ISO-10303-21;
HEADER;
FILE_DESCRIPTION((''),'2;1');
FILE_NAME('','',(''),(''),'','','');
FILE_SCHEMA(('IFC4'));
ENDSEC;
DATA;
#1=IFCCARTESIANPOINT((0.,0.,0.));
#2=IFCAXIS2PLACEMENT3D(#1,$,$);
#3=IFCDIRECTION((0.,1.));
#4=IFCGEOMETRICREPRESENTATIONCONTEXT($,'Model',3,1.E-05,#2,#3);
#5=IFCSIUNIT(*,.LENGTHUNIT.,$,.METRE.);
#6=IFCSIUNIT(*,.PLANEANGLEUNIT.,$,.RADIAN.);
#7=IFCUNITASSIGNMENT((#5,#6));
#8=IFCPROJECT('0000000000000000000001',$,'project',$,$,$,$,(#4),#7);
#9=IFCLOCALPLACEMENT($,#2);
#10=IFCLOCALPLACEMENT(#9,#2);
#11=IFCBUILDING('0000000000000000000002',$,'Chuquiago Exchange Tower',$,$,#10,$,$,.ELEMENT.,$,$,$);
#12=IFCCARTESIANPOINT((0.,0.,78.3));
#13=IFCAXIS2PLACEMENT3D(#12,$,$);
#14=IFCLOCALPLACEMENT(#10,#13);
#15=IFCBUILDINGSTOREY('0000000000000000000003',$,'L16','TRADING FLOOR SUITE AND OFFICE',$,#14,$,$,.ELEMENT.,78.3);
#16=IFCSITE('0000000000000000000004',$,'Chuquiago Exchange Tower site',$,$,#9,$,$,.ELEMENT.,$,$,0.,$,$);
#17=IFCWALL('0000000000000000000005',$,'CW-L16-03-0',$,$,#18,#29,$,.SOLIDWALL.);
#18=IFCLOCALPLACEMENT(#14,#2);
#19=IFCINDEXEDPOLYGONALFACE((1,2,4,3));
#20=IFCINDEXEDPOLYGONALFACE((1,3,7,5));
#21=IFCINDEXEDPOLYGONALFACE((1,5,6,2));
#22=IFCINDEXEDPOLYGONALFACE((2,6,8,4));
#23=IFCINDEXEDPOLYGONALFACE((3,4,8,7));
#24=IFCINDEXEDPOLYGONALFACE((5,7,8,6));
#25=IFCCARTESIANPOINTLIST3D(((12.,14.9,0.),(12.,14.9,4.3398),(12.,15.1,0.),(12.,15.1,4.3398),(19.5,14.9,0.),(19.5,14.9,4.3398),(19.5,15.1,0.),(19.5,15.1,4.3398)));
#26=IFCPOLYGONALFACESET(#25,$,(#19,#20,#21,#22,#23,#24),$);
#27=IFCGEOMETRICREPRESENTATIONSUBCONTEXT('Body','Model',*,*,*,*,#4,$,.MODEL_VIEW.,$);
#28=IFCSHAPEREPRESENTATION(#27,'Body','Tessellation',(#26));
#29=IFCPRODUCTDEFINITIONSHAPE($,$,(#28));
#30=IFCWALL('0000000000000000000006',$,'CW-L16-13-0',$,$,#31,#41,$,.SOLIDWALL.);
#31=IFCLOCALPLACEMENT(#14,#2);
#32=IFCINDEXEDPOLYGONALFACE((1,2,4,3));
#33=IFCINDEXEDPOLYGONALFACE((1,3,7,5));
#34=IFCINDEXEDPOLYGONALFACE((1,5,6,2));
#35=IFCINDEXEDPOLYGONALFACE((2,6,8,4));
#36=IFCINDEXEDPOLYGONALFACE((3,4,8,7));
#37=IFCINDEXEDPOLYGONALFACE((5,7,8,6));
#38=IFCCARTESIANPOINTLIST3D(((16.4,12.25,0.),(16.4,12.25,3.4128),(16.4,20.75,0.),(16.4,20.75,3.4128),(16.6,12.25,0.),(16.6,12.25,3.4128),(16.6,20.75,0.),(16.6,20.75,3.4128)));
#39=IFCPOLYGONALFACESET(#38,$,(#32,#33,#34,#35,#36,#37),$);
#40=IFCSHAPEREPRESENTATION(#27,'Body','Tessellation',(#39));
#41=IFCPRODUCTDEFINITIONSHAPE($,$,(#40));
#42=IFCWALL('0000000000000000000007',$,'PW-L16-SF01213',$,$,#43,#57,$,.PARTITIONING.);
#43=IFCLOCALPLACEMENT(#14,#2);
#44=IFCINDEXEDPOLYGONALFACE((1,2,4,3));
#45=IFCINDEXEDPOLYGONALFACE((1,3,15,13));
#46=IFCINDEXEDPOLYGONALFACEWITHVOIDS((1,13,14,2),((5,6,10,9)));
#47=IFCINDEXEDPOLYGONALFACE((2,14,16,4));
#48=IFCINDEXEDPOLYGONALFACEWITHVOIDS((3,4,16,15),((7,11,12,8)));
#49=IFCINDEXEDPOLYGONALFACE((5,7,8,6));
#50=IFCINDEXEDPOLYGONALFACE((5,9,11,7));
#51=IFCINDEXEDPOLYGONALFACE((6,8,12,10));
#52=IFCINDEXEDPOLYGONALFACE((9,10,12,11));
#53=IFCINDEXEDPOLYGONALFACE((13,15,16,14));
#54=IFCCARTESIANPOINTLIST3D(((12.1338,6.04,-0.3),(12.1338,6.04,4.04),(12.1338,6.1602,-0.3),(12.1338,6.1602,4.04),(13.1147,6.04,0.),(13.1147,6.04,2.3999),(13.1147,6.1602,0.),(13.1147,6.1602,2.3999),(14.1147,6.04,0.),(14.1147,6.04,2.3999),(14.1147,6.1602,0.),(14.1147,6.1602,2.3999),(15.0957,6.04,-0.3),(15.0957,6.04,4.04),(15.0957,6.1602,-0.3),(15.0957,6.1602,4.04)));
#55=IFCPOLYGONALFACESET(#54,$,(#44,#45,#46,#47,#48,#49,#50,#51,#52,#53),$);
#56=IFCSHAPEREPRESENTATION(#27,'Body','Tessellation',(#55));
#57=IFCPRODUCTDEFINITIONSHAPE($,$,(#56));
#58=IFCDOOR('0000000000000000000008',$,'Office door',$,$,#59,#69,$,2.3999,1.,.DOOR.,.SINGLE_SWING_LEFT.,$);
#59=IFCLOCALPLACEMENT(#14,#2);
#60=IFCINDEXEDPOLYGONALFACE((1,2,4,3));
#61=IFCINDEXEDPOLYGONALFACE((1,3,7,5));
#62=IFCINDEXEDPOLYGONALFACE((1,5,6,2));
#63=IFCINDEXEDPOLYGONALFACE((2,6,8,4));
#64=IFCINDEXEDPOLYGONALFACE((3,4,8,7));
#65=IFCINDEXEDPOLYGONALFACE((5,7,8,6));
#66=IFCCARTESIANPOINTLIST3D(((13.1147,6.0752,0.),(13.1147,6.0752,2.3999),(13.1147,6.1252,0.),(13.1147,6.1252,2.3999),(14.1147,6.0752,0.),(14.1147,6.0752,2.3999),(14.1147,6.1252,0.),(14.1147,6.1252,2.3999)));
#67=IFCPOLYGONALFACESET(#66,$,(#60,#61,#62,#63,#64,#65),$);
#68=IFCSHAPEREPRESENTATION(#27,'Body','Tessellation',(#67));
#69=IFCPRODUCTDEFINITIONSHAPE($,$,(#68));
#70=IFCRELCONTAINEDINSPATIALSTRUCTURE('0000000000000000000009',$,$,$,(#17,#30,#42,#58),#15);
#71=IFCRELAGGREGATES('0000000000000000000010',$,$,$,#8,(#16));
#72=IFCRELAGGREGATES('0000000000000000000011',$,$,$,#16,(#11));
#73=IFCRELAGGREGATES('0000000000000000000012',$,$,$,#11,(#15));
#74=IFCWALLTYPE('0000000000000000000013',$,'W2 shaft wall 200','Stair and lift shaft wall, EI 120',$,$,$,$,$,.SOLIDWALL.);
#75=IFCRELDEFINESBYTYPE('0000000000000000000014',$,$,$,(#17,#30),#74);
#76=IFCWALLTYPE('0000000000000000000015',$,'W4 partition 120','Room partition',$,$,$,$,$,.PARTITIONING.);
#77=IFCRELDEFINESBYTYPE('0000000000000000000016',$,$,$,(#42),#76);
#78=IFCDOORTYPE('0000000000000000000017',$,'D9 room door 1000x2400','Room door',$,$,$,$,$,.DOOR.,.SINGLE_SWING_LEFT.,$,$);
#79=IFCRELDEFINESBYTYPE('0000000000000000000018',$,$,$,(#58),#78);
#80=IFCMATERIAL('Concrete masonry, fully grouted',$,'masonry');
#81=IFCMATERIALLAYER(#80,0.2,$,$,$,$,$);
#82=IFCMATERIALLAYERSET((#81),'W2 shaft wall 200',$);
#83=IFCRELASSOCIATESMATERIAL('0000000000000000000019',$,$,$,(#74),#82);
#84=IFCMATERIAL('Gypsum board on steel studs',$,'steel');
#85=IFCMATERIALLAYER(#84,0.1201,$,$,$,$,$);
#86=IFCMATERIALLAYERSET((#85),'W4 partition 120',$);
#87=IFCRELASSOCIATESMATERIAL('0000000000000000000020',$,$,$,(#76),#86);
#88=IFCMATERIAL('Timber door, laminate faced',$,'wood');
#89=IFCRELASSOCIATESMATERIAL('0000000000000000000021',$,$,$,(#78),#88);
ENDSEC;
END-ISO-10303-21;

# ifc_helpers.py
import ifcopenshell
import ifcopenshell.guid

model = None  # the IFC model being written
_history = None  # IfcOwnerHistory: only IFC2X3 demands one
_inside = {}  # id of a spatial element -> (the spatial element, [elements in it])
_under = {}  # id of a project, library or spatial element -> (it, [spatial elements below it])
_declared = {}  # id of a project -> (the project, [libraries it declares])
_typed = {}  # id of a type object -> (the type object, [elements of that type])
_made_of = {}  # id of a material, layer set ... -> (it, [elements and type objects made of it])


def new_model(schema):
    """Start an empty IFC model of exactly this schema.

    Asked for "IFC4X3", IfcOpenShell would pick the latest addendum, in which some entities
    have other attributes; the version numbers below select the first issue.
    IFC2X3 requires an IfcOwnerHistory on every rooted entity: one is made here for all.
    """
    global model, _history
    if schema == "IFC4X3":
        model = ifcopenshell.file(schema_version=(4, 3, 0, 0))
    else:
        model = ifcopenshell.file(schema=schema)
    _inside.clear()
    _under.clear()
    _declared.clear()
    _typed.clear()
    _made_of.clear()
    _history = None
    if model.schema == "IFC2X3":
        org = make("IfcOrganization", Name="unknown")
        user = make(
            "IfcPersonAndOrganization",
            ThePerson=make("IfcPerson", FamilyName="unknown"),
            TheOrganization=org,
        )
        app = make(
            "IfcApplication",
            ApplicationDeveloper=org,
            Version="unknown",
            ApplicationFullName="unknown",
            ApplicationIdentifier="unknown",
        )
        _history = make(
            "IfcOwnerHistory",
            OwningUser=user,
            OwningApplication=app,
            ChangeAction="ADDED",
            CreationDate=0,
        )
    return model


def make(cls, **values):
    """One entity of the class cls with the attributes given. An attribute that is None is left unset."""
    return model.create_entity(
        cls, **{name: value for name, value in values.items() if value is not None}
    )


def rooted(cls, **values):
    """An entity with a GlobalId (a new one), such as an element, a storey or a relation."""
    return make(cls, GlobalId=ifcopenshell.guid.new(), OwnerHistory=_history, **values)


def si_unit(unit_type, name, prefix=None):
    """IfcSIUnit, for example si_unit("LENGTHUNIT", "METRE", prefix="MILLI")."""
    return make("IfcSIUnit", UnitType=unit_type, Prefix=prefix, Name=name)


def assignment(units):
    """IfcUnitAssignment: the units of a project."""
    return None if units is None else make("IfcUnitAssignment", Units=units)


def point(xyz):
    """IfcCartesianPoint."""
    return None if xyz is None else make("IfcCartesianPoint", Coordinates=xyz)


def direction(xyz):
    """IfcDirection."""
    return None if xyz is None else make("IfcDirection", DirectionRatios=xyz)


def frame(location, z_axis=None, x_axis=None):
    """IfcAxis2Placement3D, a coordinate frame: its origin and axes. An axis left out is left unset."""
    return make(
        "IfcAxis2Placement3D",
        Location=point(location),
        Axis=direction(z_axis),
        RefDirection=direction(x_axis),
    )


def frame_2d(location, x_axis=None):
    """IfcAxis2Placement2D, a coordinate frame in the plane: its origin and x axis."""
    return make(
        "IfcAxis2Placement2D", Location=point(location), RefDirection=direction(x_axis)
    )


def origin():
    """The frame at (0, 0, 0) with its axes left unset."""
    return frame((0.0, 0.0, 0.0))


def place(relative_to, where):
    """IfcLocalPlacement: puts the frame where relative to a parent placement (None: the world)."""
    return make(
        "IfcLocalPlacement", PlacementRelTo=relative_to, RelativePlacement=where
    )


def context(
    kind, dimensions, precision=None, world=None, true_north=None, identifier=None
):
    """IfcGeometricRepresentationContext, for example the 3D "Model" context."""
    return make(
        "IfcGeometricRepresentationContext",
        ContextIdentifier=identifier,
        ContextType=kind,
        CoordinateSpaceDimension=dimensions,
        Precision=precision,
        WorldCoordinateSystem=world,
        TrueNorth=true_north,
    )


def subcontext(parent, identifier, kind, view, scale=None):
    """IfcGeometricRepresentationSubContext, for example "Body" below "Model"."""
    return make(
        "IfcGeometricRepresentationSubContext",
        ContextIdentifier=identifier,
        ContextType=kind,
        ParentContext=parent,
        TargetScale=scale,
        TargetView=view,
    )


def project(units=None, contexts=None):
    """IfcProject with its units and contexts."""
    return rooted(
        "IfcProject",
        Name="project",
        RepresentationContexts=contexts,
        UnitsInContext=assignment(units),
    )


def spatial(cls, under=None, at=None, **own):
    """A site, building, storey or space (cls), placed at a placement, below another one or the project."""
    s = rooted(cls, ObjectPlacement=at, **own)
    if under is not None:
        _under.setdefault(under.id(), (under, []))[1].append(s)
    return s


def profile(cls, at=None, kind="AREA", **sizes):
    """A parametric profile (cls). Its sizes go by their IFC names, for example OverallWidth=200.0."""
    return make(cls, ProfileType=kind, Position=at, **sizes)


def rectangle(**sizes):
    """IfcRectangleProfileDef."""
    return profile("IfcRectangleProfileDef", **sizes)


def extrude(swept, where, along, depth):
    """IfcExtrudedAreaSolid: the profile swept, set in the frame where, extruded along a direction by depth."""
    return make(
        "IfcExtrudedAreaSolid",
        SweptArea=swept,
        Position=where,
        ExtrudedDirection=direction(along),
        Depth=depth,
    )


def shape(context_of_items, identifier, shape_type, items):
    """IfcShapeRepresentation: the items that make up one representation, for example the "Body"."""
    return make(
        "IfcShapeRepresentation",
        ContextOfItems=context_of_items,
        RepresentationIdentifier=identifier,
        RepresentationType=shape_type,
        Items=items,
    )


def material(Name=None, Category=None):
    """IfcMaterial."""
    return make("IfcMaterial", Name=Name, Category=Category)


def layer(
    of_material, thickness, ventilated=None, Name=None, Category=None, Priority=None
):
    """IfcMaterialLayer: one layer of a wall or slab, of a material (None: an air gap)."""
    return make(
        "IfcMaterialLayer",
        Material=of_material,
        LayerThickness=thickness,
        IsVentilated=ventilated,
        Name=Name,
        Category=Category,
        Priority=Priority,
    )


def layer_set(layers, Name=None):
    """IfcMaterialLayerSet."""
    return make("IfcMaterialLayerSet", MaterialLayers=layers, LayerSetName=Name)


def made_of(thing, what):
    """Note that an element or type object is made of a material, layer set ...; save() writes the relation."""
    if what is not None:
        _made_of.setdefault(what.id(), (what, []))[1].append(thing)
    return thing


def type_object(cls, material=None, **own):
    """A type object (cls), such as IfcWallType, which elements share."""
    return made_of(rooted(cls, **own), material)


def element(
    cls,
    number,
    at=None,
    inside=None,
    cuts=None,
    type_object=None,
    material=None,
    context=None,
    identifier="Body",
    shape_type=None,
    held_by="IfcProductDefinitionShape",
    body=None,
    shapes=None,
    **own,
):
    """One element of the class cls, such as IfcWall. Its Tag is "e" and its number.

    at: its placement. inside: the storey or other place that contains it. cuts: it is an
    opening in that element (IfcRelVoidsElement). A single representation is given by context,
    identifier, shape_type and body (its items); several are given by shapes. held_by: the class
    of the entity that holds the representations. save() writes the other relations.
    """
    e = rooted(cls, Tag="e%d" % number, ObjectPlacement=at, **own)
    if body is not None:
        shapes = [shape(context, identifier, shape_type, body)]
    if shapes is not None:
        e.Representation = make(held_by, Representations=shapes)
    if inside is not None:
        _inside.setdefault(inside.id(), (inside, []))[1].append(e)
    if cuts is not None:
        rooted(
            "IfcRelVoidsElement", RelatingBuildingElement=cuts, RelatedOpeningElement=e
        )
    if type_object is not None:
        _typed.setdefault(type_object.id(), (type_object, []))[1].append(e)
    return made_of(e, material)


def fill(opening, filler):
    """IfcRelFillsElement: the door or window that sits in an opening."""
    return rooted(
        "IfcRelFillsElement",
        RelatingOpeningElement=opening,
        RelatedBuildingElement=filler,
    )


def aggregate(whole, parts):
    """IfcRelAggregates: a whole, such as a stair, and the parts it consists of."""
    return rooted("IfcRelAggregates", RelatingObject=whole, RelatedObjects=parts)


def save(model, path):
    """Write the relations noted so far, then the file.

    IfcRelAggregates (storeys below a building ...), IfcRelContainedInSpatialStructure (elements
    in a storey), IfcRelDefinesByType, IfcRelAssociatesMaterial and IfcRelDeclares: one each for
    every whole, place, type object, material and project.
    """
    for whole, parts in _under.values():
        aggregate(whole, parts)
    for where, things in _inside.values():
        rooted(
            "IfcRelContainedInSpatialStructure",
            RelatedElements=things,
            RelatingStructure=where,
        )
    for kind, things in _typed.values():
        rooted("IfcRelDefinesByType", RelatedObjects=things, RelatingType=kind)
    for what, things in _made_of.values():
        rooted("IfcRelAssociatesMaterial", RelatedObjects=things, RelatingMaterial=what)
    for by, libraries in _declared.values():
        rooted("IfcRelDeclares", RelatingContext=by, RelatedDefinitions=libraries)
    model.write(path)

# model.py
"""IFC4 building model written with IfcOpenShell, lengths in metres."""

from ifc_helpers import new_model, si_unit, direction, frame, frame_2d, origin, place, context, subcontext, project, spatial, rectangle, extrude, material, layer, layer_set, type_object, element, fill, save


model = new_model("IFC4")

# Units and contexts
model_context = context("Model", 3, precision=1e-05, world=origin(), true_north=direction((0.0, 1.0)))
body_context = subcontext(model_context, "Body", "Model", "MODEL_VIEW")
ifc_project = project(units=[si_unit("LENGTHUNIT", "METRE"), si_unit("PLANEANGLEUNIT", "RADIAN")], contexts=[model_context])

# Site, building, storey
site_placement = place(None, origin())
site = spatial("IfcSite", under=ifc_project, at=site_placement, Name="Chuquiago Exchange Tower site", CompositionType="ELEMENT", RefElevation=0.0)
building_placement = place(site_placement, origin())
building = spatial("IfcBuilding", under=site, at=building_placement, Name="Chuquiago Exchange Tower", CompositionType="ELEMENT")
storey_placement = place(building_placement, frame((0.0, 0.0, 78.3)))
storey = spatial("IfcBuildingStorey", under=building, at=storey_placement, Name="L16", Description="TRADING FLOOR SUITE AND OFFICE", CompositionType="ELEMENT", Elevation=78.3)

# Walls
ifc_material_1 = material(Name="Concrete masonry, fully grouted", Category="masonry")
ifc_layer_1 = layer(ifc_material_1, 0.2)
ifc_layer_set_1 = layer_set([ifc_layer_1], Name="W2 shaft wall 200")
wall_type_1 = type_object("IfcWallType", Name="W2 shaft wall 200", Description="Stair and lift shaft wall, EI 120", PredefinedType="SOLIDWALL", material=ifc_layer_set_1)
wall_1_placement = place(storey_placement, frame((12.0, 15.0, 0.0), z_axis=(0.0, 0.0, 1.0), x_axis=(1.0, 0.0, 0.0)))
element("IfcWall", 1, at=wall_1_placement, inside=storey, type_object=wall_type_1, Name="CW-L16-03-0", PredefinedType="SOLIDWALL", context=body_context, shape_type="SweptSolid", body=[
    extrude(rectangle(XDim=7.5, YDim=0.2, at=frame_2d((3.75, 0.0))), origin(), (0.0, 0.0, 1.0), 4.3398),
])
wall_2_placement = place(storey_placement, frame((16.5, 12.25, 0.0), z_axis=(0.0, 0.0, 1.0), x_axis=(0.0, 1.0, 0.0)))
element("IfcWall", 2, at=wall_2_placement, inside=storey, type_object=wall_type_1, Name="CW-L16-13-0", PredefinedType="SOLIDWALL", context=body_context, shape_type="SweptSolid", body=[
    extrude(rectangle(XDim=8.5, YDim=0.2, at=frame_2d((4.25, 0.0))), origin(), (0.0, 0.0, 1.0), 3.4128),
])

# Wall, opening, door
ifc_material_2 = material(Name="Gypsum board on steel studs", Category="steel")
ifc_layer_2 = layer(ifc_material_2, 0.1201)
ifc_layer_set_2 = layer_set([ifc_layer_2], Name="W4 partition 120")
wall_type_2 = type_object("IfcWallType", Name="W4 partition 120", Description="Room partition", PredefinedType="PARTITIONING", material=ifc_layer_set_2)
wall_3_placement = place(storey_placement, frame((12.1338, 6.1001, -0.3), z_axis=(0.0, 0.0, 1.0), x_axis=(1.0, 0.0, 0.0)))
wall_3 = element("IfcWall", 3, at=wall_3_placement, inside=storey, type_object=wall_type_2, Name="PW-L16-SF01213", PredefinedType="PARTITIONING", context=body_context, shape_type="SweptSolid", body=[
    extrude(rectangle(XDim=2.9619, YDim=0.1201, at=frame_2d((1.481, 0.0))), origin(), (0.0, 0.0, 1.0), 4.3401),
])
opening_1_placement = place(wall_3_placement, frame((0.981, 0.0, 0.3)))
opening_1 = element("IfcOpeningElement", 4, at=opening_1_placement, cuts=wall_3, PredefinedType="OPENING", context=body_context, shape_type="SweptSolid", body=[
    extrude(rectangle(XDim=1.0, YDim=2.3999, at=frame_2d((0.5, 1.2))), frame((0.0, 0.0701, 0.0), z_axis=(0.0, -1.0, 0.0), x_axis=(1.0, 0.0, 0.0)), (0.0, 0.0, 1.0), 0.1401),
])
ifc_material_3 = material(Name="Timber door, laminate faced", Category="wood")
door_type_1 = type_object("IfcDoorType", Name="D9 room door 1000x2400", Description="Room door", OperationType="SINGLE_SWING_LEFT", PredefinedType="DOOR", material=ifc_material_3)
door_1_placement = place(opening_1_placement, frame((1.0, 0.0, 0.0), z_axis=(0.0, 0.0, 1.0), x_axis=(-1.0, 0.0, 0.0)))
door_1 = element("IfcDoor", 5, at=door_1_placement, inside=storey, type_object=door_type_1, Name="Office door", OperationType="SINGLE_SWING_LEFT", OverallHeight=2.3999, OverallWidth=1.0, PredefinedType="DOOR", context=body_context, shape_type="SweptSolid", body=[
    extrude(rectangle(XDim=1.0, YDim=2.3999, at=frame_2d((0.5, 1.2))), frame((0.0, 0.0249, 0.0), z_axis=(0.0, -1.0, 0.0), x_axis=(1.0, 0.0, 0.0)), (0.0, 0.0, 1.0), 0.05),
])
fill(opening_1, door_1)

save(model, "model.ifc")
